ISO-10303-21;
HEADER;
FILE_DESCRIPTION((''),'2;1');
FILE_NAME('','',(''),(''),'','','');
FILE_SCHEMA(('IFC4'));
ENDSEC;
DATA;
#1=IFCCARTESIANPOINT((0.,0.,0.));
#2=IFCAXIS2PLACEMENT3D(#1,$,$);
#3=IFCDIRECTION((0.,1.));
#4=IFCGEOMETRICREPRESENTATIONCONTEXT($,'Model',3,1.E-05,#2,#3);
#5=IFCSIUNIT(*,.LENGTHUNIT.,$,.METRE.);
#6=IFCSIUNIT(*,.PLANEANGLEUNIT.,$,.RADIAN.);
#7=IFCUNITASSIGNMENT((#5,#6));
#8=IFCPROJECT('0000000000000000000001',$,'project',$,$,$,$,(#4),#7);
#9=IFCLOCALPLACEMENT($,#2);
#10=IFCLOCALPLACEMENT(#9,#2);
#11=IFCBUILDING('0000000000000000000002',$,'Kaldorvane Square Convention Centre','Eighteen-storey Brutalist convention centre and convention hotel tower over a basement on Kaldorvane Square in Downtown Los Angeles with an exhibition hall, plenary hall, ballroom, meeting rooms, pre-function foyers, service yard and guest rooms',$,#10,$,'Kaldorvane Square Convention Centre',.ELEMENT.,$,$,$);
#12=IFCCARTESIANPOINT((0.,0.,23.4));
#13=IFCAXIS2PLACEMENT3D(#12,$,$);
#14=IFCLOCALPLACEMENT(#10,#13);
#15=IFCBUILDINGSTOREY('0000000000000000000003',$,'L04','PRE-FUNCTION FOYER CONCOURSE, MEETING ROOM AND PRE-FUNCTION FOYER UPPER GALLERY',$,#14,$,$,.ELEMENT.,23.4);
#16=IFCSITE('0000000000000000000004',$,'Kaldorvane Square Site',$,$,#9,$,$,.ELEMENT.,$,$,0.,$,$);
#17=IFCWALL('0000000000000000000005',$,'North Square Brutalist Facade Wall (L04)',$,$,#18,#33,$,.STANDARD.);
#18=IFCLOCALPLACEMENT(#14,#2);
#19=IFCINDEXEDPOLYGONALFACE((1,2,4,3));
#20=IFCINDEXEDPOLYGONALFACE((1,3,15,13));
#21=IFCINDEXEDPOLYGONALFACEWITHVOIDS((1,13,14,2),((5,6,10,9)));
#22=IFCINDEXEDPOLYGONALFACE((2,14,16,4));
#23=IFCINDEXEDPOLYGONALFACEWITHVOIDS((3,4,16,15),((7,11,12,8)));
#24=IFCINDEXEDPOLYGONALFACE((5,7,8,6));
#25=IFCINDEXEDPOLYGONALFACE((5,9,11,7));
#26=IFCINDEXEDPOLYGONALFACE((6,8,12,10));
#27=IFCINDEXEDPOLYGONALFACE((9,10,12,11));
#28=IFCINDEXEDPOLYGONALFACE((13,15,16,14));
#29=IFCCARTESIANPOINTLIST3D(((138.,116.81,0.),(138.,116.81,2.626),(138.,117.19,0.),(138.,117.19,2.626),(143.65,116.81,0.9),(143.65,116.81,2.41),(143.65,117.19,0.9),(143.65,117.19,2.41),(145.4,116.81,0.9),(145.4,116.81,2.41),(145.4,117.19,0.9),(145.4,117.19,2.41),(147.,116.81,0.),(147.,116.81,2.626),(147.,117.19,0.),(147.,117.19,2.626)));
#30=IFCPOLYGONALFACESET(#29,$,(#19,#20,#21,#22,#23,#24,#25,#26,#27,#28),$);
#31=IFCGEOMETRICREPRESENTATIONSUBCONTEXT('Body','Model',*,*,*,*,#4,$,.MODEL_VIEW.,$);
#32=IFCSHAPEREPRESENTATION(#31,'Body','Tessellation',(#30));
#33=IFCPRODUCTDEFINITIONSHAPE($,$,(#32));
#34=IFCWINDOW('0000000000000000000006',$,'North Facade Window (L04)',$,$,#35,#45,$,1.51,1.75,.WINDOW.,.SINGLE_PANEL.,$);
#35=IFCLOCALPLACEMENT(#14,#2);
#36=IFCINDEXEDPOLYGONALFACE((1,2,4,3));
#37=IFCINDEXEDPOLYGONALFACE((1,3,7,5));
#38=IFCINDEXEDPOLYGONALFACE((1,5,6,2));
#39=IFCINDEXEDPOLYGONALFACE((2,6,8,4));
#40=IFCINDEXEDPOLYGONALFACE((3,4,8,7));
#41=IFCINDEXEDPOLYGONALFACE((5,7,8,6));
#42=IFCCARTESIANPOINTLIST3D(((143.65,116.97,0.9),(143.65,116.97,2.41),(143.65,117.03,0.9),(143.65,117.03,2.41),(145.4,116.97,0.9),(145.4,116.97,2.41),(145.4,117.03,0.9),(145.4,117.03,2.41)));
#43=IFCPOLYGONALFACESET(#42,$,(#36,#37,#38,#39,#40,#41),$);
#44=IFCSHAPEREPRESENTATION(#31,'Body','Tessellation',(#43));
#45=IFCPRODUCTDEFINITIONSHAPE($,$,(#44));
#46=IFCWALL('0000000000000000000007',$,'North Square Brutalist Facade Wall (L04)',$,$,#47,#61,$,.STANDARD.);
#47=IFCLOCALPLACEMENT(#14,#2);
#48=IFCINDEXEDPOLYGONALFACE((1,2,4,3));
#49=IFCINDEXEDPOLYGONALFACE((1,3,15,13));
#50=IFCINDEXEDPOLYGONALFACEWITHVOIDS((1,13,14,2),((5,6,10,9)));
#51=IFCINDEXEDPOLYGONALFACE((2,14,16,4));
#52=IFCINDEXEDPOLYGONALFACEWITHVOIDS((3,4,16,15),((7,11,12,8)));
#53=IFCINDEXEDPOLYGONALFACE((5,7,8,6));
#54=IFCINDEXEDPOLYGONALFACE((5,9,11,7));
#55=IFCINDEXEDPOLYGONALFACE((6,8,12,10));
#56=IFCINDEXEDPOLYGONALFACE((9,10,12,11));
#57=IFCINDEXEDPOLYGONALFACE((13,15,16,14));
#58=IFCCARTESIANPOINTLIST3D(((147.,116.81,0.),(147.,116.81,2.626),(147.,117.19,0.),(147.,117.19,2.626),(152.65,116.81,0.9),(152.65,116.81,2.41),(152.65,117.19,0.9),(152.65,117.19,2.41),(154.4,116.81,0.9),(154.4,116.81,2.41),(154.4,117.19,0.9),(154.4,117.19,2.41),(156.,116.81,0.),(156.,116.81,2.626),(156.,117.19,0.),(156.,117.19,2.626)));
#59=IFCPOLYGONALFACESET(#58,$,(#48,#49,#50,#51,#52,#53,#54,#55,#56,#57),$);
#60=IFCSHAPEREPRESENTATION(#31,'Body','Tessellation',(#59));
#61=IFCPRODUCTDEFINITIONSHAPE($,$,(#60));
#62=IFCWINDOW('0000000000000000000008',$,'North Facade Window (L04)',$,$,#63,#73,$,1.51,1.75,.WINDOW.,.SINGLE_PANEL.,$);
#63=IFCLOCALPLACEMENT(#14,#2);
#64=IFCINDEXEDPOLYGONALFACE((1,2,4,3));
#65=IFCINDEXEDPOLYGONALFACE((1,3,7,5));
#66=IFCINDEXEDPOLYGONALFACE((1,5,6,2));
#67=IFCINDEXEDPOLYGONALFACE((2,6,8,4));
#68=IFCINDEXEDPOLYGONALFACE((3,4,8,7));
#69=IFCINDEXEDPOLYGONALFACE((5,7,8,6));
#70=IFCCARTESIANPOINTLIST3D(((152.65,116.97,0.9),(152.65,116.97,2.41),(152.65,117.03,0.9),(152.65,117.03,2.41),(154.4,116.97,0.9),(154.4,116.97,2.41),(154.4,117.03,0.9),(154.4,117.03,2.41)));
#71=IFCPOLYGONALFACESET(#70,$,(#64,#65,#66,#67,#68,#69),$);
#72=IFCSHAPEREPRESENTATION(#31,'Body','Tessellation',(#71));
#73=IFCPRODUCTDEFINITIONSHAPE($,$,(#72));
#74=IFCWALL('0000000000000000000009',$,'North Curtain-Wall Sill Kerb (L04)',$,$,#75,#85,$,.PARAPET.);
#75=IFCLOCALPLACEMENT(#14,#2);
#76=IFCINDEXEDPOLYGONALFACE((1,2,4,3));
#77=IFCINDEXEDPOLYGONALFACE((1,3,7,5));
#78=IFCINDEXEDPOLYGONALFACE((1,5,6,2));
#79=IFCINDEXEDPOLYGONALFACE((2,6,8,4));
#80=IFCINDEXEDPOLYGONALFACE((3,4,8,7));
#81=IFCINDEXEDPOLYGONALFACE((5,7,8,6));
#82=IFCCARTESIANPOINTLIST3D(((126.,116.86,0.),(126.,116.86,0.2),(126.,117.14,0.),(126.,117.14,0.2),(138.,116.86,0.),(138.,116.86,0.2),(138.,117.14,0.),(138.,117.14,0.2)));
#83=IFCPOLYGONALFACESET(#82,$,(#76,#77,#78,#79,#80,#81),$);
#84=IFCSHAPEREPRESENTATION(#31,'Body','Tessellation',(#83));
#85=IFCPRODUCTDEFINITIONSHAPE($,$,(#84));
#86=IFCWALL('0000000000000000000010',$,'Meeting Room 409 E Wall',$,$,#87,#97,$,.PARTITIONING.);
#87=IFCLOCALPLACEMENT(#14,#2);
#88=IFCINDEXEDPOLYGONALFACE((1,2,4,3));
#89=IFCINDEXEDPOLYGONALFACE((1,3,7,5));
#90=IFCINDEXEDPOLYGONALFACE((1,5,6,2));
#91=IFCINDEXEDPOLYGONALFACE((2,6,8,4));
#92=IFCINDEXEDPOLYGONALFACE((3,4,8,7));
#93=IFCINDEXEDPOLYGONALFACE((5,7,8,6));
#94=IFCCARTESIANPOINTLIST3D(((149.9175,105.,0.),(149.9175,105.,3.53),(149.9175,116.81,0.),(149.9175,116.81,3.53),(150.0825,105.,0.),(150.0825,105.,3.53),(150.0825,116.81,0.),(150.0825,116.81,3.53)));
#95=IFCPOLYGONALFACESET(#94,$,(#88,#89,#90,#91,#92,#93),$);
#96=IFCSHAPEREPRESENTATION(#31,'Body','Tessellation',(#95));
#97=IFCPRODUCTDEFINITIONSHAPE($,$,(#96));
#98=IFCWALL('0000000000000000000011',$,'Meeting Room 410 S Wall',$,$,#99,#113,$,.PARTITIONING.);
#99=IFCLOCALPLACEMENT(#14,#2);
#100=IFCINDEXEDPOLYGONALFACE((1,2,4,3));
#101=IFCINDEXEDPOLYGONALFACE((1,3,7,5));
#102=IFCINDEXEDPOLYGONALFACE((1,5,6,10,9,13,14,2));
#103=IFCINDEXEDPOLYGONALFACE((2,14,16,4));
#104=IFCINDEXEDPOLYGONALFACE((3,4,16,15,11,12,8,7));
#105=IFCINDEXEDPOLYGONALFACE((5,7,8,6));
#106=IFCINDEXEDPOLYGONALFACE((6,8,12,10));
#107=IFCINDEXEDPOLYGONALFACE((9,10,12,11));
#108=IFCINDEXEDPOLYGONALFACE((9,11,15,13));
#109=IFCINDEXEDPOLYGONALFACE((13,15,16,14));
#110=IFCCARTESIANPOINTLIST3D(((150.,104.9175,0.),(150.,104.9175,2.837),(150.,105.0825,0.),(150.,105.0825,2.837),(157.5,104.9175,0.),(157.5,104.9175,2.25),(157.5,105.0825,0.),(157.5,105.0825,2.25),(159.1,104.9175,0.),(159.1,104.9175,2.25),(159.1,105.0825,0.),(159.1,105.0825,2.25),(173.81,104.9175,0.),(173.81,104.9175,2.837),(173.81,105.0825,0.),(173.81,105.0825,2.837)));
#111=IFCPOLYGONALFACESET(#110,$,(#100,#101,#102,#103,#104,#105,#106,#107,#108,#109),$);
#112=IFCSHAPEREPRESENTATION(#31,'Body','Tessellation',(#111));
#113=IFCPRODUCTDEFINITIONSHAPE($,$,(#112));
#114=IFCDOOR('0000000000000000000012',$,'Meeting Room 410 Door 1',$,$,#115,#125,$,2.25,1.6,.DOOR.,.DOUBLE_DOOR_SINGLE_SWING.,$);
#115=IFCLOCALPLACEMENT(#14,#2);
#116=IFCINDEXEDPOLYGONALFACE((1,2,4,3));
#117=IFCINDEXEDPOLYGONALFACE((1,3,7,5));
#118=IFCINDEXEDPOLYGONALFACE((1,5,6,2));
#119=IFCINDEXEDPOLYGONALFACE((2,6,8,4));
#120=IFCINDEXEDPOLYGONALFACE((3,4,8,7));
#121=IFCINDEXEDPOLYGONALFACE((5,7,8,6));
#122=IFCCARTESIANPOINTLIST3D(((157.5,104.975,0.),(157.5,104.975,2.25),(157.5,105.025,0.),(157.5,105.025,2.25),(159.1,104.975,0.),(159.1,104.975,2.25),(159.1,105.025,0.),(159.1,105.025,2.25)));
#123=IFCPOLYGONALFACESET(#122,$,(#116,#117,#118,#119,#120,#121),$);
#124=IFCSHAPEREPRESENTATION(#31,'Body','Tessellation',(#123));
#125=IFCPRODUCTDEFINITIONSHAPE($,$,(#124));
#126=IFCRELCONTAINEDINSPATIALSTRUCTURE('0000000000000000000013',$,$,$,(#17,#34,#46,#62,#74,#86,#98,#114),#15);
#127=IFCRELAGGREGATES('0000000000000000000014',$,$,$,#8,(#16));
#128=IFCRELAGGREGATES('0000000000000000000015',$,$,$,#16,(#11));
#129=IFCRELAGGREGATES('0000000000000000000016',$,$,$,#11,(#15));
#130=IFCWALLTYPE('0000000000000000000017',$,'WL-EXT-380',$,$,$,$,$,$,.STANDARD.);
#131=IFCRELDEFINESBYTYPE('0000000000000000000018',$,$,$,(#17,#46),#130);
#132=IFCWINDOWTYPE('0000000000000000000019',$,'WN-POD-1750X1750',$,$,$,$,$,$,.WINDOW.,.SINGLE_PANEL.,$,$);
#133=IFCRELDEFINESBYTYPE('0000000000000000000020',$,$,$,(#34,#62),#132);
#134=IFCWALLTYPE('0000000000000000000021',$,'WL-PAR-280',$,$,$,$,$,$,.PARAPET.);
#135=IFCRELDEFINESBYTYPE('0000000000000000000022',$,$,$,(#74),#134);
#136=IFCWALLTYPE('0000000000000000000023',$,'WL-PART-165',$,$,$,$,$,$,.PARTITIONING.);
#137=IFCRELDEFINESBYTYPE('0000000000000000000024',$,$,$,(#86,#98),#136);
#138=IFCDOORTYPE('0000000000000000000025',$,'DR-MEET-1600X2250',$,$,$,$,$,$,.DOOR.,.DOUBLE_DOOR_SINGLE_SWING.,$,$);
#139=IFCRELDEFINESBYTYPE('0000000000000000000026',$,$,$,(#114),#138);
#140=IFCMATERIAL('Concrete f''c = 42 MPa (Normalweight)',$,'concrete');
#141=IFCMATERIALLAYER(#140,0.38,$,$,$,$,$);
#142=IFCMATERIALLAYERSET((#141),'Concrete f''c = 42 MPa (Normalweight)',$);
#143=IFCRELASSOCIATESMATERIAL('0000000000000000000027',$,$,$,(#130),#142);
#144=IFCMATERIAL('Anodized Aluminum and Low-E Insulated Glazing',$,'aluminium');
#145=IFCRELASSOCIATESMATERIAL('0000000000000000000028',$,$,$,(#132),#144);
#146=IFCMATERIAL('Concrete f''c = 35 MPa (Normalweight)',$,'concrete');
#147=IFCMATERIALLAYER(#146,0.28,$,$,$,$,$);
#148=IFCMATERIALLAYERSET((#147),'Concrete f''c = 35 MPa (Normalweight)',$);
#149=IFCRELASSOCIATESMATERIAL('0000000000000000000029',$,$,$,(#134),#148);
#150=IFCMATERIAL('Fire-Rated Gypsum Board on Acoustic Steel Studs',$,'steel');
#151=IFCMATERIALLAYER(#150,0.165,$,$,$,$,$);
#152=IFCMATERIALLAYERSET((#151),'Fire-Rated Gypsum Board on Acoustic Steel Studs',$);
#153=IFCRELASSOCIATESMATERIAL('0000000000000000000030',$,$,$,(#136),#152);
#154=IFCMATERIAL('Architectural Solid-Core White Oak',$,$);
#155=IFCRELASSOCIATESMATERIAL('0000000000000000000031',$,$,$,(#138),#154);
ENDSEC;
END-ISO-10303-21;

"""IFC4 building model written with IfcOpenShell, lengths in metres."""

from ifc_helpers import new_model, si_unit, direction, frame, frame_2d, origin, place, context, subcontext, project, spatial, rectangle, extrude, material, layer, layer_set, type_object, element, fill, save


model = new_model("IFC4")

# Units and contexts
model_context = context("Model", 3, precision=1e-05, world=origin(), true_north=direction((0.0, 1.0)))
body_context = subcontext(model_context, "Body", "Model", "MODEL_VIEW")
ifc_project = project(units=[si_unit("LENGTHUNIT", "METRE"), si_unit("PLANEANGLEUNIT", "RADIAN")], contexts=[model_context])

# Site, building, storey
site_placement = place(None, origin())
site = spatial("IfcSite", under=ifc_project, at=site_placement, Name="Kaldorvane Square Site", CompositionType="ELEMENT", RefElevation=0.0)
building_placement = place(site_placement, origin())
building = spatial("IfcBuilding", under=site, at=building_placement, Name="Kaldorvane Square Convention Centre", Description="Eighteen-storey Brutalist convention centre and convention hotel tower over a basement on Kaldorvane Square in Downtown Los Angeles with an exhibition hall, plenary hall, ballroom, meeting rooms, pre-function foyers, service yard and guest rooms", LongName="Kaldorvane Square Convention Centre", CompositionType="ELEMENT")
storey_placement = place(building_placement, frame((0.0, 0.0, 23.4)))
storey = spatial("IfcBuildingStorey", under=building, at=storey_placement, Name="L04", Description="PRE-FUNCTION FOYER CONCOURSE, MEETING ROOM AND PRE-FUNCTION FOYER UPPER GALLERY", CompositionType="ELEMENT", Elevation=23.4)

# Shared definitions
ifc_material_1 = material(Name="Concrete f'c = 42 MPa (Normalweight)", Category="concrete")

# Shared definitions
ifc_material_2 = material(Name="Anodized Aluminum and Low-E Insulated Glazing", Category="aluminium")

# Walls, openings, windows
ifc_layer_1 = layer(ifc_material_1, 0.38)
ifc_layer_set_1 = layer_set([ifc_layer_1], Name="Concrete f'c = 42 MPa (Normalweight)")
wall_type_1 = type_object("IfcWallType", Name="WL-EXT-380", PredefinedType="STANDARD", material=ifc_layer_set_1)
wall_1_placement = place(storey_placement, frame((147.0, 117.0, 0.0), z_axis=(0.0, 0.0, 1.0), x_axis=(-1.0, 0.0, 0.0)))
wall_1 = element("IfcWall", 1, at=wall_1_placement, inside=storey, type_object=wall_type_1, Name="North Square Brutalist Facade Wall (L04)", PredefinedType="STANDARD", context=body_context, shape_type="SweptSolid", body=[
    extrude(rectangle(XDim=9.0, YDim=0.38, at=frame_2d((4.5, 0.0))), origin(), (0.0, 0.0, 1.0), 2.626),
])
opening_1_placement = place(wall_1_placement, frame((1.6, 0.0, 0.9)))
opening_1 = element("IfcOpeningElement", 2, at=opening_1_placement, cuts=wall_1, PredefinedType="OPENING", context=body_context, shape_type="SweptSolid", body=[
    extrude(rectangle(XDim=1.75, YDim=1.51, at=frame_2d((0.875, 0.755))), frame((0.0, 0.205, 0.0), z_axis=(0.0, -1.0, 0.0), x_axis=(1.0, 0.0, 0.0)), (0.0, 0.0, 1.0), 0.41),
])
window_type = type_object("IfcWindowType", Name="WN-POD-1750X1750", PartitioningType="SINGLE_PANEL", PredefinedType="WINDOW", material=ifc_material_2)
window_1_placement = place(opening_1_placement, origin())
window_1 = element("IfcWindow", 3, at=window_1_placement, inside=storey, type_object=window_type, Name="North Facade Window (L04)", OverallHeight=1.51, OverallWidth=1.75, PartitioningType="SINGLE_PANEL", PredefinedType="WINDOW", context=body_context, shape_type="SweptSolid", body=[
    extrude(rectangle(XDim=1.75, YDim=1.51, at=frame_2d((0.875, 0.755))), frame((0.0, 0.03, 0.0), z_axis=(0.0, -1.0, 0.0), x_axis=(1.0, 0.0, 0.0)), (0.0, 0.0, 1.0), 0.06),
])
fill(opening_1, window_1)
wall_2_placement = place(storey_placement, frame((156.0, 117.0, 0.0), z_axis=(0.0, 0.0, 1.0), x_axis=(-1.0, 0.0, 0.0)))
wall_2 = element("IfcWall", 4, at=wall_2_placement, inside=storey, type_object=wall_type_1, Name="North Square Brutalist Facade Wall (L04)", PredefinedType="STANDARD", context=body_context, shape_type="SweptSolid", body=[
    extrude(rectangle(XDim=9.0, YDim=0.38, at=frame_2d((4.5, 0.0))), origin(), (0.0, 0.0, 1.0), 2.626),
])
opening_2_placement = place(wall_2_placement, frame((1.6, 0.0, 0.9)))
opening_2 = element("IfcOpeningElement", 5, at=opening_2_placement, cuts=wall_2, PredefinedType="OPENING", context=body_context, shape_type="SweptSolid", body=[
    extrude(rectangle(XDim=1.75, YDim=1.51, at=frame_2d((0.875, 0.755))), frame((0.0, 0.205, 0.0), z_axis=(0.0, -1.0, 0.0), x_axis=(1.0, 0.0, 0.0)), (0.0, 0.0, 1.0), 0.41),
])
window_2_placement = place(opening_2_placement, origin())
window_2 = element("IfcWindow", 6, at=window_2_placement, inside=storey, type_object=window_type, Name="North Facade Window (L04)", OverallHeight=1.51, OverallWidth=1.75, PartitioningType="SINGLE_PANEL", PredefinedType="WINDOW", context=body_context, shape_type="SweptSolid", body=[
    extrude(rectangle(XDim=1.75, YDim=1.51, at=frame_2d((0.875, 0.755))), frame((0.0, 0.03, 0.0), z_axis=(0.0, -1.0, 0.0), x_axis=(1.0, 0.0, 0.0)), (0.0, 0.0, 1.0), 0.06),
])
fill(opening_2, window_2)

# Walls
ifc_material_3 = material(Name="Concrete f'c = 35 MPa (Normalweight)", Category="concrete")
ifc_layer_2 = layer(ifc_material_3, 0.28)
ifc_layer_set_2 = layer_set([ifc_layer_2], Name="Concrete f'c = 35 MPa (Normalweight)")
wall_type_2 = type_object("IfcWallType", Name="WL-PAR-280", PredefinedType="PARAPET", material=ifc_layer_set_2)
wall_3_placement = place(storey_placement, frame((138.0, 117.0, 0.0), z_axis=(0.0, 0.0, 1.0), x_axis=(-1.0, 0.0, 0.0)))
element("IfcWall", 7, at=wall_3_placement, inside=storey, type_object=wall_type_2, Name="North Curtain-Wall Sill Kerb (L04)", PredefinedType="PARAPET", context=body_context, shape_type="SweptSolid", body=[
    extrude(rectangle(XDim=12.0, YDim=0.28, at=frame_2d((6.0, 0.0))), origin(), (0.0, 0.0, 1.0), 0.2),
])
ifc_material_4 = material(Name="Fire-Rated Gypsum Board on Acoustic Steel Studs", Category="steel")
ifc_layer_3 = layer(ifc_material_4, 0.165)
ifc_layer_set_3 = layer_set([ifc_layer_3], Name="Fire-Rated Gypsum Board on Acoustic Steel Studs")
wall_type_3 = type_object("IfcWallType", Name="WL-PART-165", PredefinedType="PARTITIONING", material=ifc_layer_set_3)
wall_4_placement = place(storey_placement, frame((150.0, 105.0, 0.0), z_axis=(0.0, 0.0, 1.0), x_axis=(0.0, 1.0, 0.0)))
element("IfcWall", 8, at=wall_4_placement, inside=storey, type_object=wall_type_3, Name="Meeting Room 409 E Wall", PredefinedType="PARTITIONING", context=body_context, shape_type="SweptSolid", body=[
    extrude(rectangle(XDim=11.81, YDim=0.165, at=frame_2d((5.905, 0.0))), origin(), (0.0, 0.0, 1.0), 3.53),
])

# Wall, opening, door
wall_5_placement = place(storey_placement, frame((150.0, 105.0, 0.0), z_axis=(0.0, 0.0, 1.0), x_axis=(1.0, 0.0, 0.0)))
wall_5 = element("IfcWall", 9, at=wall_5_placement, inside=storey, type_object=wall_type_3, Name="Meeting Room 410 S Wall", PredefinedType="PARTITIONING", context=body_context, shape_type="SweptSolid", body=[
    extrude(rectangle(XDim=23.81, YDim=0.165, at=frame_2d((11.905, 0.0))), origin(), (0.0, 0.0, 1.0), 2.837),
])
opening_3_placement = place(wall_5_placement, frame((7.5, 0.0, 0.0)))
opening_3 = element("IfcOpeningElement", 10, at=opening_3_placement, cuts=wall_5, PredefinedType="OPENING", context=body_context, shape_type="SweptSolid", body=[
    extrude(rectangle(XDim=1.6, YDim=2.25, at=frame_2d((0.8, 1.125))), frame((0.0, 0.0975, 0.0), z_axis=(0.0, -1.0, 0.0), x_axis=(1.0, 0.0, 0.0)), (0.0, 0.0, 1.0), 0.195),
])
ifc_material_5 = material(Name="Architectural Solid-Core White Oak")
door_type = type_object("IfcDoorType", Name="DR-MEET-1600X2250", OperationType="DOUBLE_DOOR_SINGLE_SWING", PredefinedType="DOOR", material=ifc_material_5)
door_placement = place(opening_3_placement, origin())
door = element("IfcDoor", 11, at=door_placement, inside=storey, type_object=door_type, Name="Meeting Room 410 Door 1", OperationType="DOUBLE_DOOR_SINGLE_SWING", OverallHeight=2.25, OverallWidth=1.6, PredefinedType="DOOR", context=body_context, shape_type="SweptSolid", body=[
    extrude(rectangle(XDim=1.6, YDim=2.25, at=frame_2d((0.8, 1.125))), frame((0.0, 0.025, 0.0), z_axis=(0.0, -1.0, 0.0), x_axis=(1.0, 0.0, 0.0)), (0.0, 0.0, 1.0), 0.05),
])
fill(opening_3, door)

save(model, "model.ifc")
